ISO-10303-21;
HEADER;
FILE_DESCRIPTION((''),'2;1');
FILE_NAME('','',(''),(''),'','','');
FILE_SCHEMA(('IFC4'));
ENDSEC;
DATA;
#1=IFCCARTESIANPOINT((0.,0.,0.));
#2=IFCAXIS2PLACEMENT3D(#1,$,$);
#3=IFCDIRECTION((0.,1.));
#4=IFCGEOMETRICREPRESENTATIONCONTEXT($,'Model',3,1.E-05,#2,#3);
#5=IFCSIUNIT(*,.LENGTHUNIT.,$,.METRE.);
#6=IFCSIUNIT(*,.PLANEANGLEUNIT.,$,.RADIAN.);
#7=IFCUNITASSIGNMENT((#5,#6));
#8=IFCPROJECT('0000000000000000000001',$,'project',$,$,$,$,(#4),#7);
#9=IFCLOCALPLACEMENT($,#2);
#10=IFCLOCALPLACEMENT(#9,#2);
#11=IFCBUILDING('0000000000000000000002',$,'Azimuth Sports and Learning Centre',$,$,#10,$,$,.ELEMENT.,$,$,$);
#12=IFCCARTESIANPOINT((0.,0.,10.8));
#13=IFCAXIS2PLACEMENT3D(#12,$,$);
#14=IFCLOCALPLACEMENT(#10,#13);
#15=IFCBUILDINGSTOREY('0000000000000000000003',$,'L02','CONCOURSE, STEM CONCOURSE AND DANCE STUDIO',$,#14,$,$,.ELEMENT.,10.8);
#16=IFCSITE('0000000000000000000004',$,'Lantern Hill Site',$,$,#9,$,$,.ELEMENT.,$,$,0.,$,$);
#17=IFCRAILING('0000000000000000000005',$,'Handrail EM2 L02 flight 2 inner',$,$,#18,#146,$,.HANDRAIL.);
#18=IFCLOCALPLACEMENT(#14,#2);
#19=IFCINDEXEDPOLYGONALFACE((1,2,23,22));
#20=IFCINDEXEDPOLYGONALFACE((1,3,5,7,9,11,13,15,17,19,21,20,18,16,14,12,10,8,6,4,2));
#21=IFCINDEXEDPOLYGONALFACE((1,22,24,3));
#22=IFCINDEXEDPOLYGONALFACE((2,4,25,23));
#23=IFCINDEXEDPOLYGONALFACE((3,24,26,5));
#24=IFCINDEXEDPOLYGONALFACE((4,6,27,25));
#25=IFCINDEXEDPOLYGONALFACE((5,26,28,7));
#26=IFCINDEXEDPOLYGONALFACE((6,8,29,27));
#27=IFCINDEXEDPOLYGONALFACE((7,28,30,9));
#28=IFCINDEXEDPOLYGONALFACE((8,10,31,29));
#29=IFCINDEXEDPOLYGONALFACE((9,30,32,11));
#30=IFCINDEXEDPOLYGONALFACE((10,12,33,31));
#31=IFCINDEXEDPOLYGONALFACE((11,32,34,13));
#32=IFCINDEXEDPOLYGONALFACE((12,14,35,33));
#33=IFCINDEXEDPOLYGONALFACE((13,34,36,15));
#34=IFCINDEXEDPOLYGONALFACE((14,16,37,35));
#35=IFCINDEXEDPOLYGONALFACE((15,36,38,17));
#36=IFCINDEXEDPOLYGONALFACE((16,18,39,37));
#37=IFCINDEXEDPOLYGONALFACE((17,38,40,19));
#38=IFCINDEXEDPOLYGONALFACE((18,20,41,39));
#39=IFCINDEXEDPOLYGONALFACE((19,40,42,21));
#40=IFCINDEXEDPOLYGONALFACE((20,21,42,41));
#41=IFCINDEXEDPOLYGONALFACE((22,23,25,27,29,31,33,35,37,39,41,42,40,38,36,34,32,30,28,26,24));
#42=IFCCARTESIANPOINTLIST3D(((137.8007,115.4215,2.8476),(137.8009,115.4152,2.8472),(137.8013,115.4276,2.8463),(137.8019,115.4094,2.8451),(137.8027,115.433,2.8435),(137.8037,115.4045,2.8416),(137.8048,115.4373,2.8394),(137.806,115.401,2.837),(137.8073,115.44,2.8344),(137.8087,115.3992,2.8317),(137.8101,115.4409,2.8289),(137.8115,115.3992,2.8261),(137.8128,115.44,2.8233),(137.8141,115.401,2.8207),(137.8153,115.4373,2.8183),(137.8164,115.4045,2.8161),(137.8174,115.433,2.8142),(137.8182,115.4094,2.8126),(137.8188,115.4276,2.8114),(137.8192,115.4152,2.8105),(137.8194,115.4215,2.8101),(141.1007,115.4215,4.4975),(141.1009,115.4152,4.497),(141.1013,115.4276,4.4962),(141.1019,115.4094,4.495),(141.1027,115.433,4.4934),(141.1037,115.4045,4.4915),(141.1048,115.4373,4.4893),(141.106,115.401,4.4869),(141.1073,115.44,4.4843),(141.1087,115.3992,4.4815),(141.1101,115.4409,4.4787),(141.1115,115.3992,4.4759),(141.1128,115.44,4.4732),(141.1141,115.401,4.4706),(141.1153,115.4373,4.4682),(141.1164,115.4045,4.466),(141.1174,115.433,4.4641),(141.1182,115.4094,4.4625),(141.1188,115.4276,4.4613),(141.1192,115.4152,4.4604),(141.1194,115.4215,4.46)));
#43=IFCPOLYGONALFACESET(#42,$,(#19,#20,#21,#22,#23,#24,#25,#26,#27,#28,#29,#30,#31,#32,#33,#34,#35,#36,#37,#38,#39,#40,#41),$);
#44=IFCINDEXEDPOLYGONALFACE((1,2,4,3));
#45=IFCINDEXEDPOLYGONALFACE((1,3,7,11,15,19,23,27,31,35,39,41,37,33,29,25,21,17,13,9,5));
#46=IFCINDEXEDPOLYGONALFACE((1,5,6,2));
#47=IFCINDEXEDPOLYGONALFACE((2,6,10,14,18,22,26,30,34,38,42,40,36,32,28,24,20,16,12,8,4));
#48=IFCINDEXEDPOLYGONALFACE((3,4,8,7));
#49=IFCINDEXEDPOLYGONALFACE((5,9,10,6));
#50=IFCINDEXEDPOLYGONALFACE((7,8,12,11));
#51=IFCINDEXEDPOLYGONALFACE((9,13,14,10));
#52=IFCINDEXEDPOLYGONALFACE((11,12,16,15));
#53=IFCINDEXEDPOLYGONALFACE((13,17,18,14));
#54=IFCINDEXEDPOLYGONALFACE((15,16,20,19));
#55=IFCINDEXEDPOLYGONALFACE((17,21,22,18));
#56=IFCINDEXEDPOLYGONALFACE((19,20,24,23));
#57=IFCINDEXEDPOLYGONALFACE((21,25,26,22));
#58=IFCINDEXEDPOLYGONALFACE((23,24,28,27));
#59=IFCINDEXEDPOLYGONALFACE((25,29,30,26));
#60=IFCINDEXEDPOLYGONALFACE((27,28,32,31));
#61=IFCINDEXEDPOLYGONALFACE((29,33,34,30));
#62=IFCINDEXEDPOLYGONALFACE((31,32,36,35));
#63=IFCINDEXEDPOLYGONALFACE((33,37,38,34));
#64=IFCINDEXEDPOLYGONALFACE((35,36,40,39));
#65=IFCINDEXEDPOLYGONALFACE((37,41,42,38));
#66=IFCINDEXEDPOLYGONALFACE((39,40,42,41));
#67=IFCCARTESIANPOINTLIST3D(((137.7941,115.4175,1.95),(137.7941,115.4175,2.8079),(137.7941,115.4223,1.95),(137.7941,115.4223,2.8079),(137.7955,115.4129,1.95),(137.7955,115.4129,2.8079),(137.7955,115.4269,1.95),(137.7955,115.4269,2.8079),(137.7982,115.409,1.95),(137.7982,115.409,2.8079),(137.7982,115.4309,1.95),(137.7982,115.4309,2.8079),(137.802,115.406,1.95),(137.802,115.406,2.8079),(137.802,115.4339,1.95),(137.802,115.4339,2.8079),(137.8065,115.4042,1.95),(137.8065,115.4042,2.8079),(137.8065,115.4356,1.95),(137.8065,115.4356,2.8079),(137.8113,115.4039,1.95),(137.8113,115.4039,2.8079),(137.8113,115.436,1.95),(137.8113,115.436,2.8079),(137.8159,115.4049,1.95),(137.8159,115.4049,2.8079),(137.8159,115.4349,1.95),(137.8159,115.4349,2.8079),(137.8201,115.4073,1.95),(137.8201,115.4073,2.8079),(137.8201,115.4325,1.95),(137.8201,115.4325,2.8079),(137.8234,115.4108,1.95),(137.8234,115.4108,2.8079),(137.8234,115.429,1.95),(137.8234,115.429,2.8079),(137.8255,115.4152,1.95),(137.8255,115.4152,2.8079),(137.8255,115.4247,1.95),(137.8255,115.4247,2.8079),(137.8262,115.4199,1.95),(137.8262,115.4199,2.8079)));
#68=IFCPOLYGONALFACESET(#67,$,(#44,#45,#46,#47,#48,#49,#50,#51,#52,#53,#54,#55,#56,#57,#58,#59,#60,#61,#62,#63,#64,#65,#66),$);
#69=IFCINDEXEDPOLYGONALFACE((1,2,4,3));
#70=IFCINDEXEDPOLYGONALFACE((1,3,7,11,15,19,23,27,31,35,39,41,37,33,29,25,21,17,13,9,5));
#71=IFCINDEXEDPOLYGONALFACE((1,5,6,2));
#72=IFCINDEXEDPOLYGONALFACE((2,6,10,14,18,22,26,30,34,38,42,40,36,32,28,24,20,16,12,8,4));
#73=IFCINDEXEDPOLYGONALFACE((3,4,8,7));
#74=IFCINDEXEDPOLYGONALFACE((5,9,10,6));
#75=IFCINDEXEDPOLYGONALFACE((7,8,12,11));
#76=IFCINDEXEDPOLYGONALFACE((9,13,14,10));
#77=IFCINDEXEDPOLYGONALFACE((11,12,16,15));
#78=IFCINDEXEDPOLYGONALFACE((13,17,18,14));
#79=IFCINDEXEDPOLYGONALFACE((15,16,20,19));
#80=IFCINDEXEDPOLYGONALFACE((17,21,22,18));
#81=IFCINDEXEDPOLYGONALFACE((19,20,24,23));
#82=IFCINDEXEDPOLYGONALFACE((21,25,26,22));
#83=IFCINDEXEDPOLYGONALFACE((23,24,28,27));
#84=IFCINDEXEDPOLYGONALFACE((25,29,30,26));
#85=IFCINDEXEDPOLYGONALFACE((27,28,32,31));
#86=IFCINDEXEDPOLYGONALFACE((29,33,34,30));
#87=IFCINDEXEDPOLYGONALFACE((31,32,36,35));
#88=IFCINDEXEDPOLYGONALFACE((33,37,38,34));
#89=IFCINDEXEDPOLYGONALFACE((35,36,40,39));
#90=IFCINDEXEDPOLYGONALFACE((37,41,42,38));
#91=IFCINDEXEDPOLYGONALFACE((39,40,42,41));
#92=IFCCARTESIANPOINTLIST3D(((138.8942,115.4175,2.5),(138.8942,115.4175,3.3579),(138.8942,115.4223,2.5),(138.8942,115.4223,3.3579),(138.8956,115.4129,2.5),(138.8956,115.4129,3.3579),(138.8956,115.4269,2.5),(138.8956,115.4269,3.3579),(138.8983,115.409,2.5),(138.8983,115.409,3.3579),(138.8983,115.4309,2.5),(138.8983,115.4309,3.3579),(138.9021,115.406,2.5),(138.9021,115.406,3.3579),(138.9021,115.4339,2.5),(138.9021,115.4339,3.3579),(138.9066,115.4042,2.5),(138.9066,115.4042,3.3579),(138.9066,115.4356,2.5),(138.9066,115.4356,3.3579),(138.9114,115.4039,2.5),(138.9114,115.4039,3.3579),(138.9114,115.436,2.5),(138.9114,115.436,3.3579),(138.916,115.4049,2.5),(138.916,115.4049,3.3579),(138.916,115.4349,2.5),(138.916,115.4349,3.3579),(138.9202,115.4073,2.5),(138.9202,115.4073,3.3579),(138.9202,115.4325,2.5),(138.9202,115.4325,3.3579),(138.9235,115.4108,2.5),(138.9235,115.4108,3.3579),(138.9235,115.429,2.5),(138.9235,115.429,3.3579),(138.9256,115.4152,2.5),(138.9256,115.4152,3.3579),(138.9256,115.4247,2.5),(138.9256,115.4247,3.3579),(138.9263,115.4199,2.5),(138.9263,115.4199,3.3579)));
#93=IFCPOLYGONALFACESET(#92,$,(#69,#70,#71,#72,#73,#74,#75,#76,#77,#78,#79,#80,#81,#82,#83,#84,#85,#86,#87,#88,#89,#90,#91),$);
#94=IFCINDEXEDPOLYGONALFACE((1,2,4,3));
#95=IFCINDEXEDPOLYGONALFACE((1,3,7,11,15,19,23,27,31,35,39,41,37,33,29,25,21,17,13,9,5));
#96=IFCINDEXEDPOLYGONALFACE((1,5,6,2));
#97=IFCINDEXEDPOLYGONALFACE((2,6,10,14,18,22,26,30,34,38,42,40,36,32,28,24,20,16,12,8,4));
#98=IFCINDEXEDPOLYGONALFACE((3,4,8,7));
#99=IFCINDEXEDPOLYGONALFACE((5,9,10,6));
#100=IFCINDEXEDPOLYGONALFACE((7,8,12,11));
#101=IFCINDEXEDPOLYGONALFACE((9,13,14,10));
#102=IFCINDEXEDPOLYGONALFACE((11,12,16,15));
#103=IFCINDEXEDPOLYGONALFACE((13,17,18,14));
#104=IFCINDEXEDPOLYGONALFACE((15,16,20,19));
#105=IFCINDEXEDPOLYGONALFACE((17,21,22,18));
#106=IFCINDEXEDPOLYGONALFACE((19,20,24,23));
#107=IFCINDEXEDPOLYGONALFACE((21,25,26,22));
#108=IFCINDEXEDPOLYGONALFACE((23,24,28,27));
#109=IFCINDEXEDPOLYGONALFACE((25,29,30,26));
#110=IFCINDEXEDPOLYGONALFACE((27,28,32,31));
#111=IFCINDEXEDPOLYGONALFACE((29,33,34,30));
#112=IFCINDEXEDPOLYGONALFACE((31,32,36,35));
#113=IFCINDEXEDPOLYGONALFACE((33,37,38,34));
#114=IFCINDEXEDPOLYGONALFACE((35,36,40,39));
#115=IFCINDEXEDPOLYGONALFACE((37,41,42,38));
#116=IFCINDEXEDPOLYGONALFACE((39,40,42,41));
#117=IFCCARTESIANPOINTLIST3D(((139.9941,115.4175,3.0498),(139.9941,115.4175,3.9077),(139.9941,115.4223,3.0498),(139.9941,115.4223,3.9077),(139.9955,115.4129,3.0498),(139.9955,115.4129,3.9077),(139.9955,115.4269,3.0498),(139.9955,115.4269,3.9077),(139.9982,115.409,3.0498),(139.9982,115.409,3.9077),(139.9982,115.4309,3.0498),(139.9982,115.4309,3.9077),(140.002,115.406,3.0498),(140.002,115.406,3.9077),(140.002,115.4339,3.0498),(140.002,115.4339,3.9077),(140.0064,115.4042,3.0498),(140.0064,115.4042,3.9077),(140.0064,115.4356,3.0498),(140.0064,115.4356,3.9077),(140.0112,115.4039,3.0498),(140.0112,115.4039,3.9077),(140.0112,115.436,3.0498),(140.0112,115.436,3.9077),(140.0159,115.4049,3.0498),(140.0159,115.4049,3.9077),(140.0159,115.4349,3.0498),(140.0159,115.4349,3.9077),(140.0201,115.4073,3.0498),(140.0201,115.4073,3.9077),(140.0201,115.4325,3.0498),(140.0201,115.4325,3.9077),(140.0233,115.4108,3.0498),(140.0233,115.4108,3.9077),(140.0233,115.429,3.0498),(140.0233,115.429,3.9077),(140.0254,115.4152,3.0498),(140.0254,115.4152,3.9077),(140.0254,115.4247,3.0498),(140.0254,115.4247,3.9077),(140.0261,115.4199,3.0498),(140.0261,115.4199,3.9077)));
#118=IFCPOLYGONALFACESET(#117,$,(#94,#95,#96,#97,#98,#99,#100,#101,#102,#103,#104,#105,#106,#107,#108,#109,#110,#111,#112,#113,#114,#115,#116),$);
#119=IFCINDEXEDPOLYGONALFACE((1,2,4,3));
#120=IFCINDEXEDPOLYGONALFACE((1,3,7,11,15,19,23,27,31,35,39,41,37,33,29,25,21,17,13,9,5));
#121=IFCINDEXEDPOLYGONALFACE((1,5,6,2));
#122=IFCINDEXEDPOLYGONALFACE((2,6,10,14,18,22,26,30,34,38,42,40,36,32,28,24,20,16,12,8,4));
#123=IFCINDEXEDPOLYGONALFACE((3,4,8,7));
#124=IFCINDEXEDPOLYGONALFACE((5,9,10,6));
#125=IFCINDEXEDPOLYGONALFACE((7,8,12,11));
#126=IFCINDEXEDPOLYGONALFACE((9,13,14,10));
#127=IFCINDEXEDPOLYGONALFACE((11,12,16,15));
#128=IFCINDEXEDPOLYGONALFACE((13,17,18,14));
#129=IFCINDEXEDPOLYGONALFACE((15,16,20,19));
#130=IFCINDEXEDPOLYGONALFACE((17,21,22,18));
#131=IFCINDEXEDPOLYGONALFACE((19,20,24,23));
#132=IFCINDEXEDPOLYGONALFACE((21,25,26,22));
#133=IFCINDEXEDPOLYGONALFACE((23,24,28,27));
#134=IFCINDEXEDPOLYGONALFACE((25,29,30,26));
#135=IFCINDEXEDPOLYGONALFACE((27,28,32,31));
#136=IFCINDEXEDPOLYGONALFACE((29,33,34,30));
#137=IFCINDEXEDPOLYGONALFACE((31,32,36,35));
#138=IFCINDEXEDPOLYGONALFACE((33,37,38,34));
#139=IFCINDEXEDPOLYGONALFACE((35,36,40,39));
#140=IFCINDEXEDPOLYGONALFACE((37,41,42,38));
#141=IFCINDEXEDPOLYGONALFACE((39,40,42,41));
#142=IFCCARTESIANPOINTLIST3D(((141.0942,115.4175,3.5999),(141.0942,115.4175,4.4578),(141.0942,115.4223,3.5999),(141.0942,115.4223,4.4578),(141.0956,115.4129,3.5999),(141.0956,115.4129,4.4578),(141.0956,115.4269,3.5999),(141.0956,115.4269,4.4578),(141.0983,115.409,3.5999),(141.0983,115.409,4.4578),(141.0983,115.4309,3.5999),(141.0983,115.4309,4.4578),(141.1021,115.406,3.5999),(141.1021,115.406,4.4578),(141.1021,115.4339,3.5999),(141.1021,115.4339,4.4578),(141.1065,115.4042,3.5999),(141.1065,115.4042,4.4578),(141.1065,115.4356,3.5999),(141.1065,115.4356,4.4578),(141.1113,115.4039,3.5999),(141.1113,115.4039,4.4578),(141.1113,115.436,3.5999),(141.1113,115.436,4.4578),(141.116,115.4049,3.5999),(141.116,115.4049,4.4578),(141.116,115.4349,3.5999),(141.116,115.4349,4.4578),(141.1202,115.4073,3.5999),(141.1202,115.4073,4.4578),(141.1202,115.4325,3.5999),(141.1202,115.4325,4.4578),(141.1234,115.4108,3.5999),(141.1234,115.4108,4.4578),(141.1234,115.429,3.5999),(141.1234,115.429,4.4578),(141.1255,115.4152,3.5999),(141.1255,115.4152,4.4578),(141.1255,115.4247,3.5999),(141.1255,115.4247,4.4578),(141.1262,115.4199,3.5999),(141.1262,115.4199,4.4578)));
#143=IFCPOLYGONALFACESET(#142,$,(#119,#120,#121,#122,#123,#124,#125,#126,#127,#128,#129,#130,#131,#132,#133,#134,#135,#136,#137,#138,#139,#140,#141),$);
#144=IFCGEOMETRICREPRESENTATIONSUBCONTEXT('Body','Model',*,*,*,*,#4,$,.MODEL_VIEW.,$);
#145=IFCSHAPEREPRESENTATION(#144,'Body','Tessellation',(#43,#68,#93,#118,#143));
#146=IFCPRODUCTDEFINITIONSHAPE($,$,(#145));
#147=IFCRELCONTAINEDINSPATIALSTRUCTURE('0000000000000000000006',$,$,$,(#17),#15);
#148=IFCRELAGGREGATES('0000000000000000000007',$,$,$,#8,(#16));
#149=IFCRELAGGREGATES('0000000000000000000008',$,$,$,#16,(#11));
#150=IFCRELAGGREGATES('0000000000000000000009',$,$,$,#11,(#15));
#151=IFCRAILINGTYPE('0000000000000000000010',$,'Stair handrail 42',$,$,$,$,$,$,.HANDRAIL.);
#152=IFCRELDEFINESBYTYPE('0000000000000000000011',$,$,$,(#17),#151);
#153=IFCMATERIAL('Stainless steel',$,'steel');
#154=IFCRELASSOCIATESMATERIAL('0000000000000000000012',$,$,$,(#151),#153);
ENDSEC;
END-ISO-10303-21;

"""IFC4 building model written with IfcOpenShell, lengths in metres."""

from ifc_helpers import new_model, si_unit, direction, frame, origin, origin_2d, place, context, subcontext, project, spatial, circle, extrude, material, type_object, element, save


model = new_model("IFC4")

# Units and contexts
model_context = context("Model", 3, precision=1e-05, world=origin(), true_north=direction((0.0, 1.0)))
body_context = subcontext(model_context, "Body", "Model", "MODEL_VIEW")
ifc_project = project(units=[si_unit("LENGTHUNIT", "METRE"), si_unit("PLANEANGLEUNIT", "RADIAN")], contexts=[model_context])

# Site, building, storey
site_placement = place(None, origin())
site = spatial("IfcSite", under=ifc_project, at=site_placement, Name="Lantern Hill Site", CompositionType="ELEMENT", RefElevation=0.0)
building_placement = place(site_placement, origin())
building = spatial("IfcBuilding", under=site, at=building_placement, Name="Azimuth Sports and Learning Centre", CompositionType="ELEMENT")
storey_placement = place(building_placement, frame((0.0, 0.0, 10.8)))
storey = spatial("IfcBuildingStorey", under=building, at=storey_placement, Name="L02", Description="CONCOURSE, STEM CONCOURSE AND DANCE STUDIO", CompositionType="ELEMENT", Elevation=10.8)

# Railing
ifc_material_1 = material(Name="Stainless steel", Category="steel")
railing_type = type_object("IfcRailingType", Name="Stair handrail 42", PredefinedType="HANDRAIL", material=ifc_material_1)
for number, where, name in (
    (1, (137.8101, 115.4199, 1.95), "Handrail EM2 L02 flight 2 inner"),
):
    element("IfcRailing", number, at=place(storey_placement, frame(where)), inside=storey, type_object=railing_type, Name=name, PredefinedType="HANDRAIL", context=body_context, shape_type="SweptSolid", body=[
        extrude(circle(Radius=0.021, at=origin_2d()), frame((0.0, 0.0, 0.8789), z_axis=(0.89444, 0.0, 0.447187), x_axis=(0.0, 1.0, 0.0)), (0.0, 0.0, 1.0), 3.6895),
        extrude(circle(Radius=0.0161, at=origin_2d()), origin(), (0.0, 0.0, 1.0), 0.8579),
        extrude(circle(Radius=0.0161, at=origin_2d()), frame((1.1001, 0.0, 0.55)), (0.0, 0.0, 1.0), 0.8579),
        extrude(circle(Radius=0.0161, at=origin_2d()), frame((2.2, 0.0, 1.0999)), (0.0, 0.0, 1.0), 0.8579),
        extrude(circle(Radius=0.0161, at=origin_2d()), frame((3.3, 0.0, 1.6499)), (0.0, 0.0, 1.0), 0.8579),
    ])

save(model, "model.ifc")
